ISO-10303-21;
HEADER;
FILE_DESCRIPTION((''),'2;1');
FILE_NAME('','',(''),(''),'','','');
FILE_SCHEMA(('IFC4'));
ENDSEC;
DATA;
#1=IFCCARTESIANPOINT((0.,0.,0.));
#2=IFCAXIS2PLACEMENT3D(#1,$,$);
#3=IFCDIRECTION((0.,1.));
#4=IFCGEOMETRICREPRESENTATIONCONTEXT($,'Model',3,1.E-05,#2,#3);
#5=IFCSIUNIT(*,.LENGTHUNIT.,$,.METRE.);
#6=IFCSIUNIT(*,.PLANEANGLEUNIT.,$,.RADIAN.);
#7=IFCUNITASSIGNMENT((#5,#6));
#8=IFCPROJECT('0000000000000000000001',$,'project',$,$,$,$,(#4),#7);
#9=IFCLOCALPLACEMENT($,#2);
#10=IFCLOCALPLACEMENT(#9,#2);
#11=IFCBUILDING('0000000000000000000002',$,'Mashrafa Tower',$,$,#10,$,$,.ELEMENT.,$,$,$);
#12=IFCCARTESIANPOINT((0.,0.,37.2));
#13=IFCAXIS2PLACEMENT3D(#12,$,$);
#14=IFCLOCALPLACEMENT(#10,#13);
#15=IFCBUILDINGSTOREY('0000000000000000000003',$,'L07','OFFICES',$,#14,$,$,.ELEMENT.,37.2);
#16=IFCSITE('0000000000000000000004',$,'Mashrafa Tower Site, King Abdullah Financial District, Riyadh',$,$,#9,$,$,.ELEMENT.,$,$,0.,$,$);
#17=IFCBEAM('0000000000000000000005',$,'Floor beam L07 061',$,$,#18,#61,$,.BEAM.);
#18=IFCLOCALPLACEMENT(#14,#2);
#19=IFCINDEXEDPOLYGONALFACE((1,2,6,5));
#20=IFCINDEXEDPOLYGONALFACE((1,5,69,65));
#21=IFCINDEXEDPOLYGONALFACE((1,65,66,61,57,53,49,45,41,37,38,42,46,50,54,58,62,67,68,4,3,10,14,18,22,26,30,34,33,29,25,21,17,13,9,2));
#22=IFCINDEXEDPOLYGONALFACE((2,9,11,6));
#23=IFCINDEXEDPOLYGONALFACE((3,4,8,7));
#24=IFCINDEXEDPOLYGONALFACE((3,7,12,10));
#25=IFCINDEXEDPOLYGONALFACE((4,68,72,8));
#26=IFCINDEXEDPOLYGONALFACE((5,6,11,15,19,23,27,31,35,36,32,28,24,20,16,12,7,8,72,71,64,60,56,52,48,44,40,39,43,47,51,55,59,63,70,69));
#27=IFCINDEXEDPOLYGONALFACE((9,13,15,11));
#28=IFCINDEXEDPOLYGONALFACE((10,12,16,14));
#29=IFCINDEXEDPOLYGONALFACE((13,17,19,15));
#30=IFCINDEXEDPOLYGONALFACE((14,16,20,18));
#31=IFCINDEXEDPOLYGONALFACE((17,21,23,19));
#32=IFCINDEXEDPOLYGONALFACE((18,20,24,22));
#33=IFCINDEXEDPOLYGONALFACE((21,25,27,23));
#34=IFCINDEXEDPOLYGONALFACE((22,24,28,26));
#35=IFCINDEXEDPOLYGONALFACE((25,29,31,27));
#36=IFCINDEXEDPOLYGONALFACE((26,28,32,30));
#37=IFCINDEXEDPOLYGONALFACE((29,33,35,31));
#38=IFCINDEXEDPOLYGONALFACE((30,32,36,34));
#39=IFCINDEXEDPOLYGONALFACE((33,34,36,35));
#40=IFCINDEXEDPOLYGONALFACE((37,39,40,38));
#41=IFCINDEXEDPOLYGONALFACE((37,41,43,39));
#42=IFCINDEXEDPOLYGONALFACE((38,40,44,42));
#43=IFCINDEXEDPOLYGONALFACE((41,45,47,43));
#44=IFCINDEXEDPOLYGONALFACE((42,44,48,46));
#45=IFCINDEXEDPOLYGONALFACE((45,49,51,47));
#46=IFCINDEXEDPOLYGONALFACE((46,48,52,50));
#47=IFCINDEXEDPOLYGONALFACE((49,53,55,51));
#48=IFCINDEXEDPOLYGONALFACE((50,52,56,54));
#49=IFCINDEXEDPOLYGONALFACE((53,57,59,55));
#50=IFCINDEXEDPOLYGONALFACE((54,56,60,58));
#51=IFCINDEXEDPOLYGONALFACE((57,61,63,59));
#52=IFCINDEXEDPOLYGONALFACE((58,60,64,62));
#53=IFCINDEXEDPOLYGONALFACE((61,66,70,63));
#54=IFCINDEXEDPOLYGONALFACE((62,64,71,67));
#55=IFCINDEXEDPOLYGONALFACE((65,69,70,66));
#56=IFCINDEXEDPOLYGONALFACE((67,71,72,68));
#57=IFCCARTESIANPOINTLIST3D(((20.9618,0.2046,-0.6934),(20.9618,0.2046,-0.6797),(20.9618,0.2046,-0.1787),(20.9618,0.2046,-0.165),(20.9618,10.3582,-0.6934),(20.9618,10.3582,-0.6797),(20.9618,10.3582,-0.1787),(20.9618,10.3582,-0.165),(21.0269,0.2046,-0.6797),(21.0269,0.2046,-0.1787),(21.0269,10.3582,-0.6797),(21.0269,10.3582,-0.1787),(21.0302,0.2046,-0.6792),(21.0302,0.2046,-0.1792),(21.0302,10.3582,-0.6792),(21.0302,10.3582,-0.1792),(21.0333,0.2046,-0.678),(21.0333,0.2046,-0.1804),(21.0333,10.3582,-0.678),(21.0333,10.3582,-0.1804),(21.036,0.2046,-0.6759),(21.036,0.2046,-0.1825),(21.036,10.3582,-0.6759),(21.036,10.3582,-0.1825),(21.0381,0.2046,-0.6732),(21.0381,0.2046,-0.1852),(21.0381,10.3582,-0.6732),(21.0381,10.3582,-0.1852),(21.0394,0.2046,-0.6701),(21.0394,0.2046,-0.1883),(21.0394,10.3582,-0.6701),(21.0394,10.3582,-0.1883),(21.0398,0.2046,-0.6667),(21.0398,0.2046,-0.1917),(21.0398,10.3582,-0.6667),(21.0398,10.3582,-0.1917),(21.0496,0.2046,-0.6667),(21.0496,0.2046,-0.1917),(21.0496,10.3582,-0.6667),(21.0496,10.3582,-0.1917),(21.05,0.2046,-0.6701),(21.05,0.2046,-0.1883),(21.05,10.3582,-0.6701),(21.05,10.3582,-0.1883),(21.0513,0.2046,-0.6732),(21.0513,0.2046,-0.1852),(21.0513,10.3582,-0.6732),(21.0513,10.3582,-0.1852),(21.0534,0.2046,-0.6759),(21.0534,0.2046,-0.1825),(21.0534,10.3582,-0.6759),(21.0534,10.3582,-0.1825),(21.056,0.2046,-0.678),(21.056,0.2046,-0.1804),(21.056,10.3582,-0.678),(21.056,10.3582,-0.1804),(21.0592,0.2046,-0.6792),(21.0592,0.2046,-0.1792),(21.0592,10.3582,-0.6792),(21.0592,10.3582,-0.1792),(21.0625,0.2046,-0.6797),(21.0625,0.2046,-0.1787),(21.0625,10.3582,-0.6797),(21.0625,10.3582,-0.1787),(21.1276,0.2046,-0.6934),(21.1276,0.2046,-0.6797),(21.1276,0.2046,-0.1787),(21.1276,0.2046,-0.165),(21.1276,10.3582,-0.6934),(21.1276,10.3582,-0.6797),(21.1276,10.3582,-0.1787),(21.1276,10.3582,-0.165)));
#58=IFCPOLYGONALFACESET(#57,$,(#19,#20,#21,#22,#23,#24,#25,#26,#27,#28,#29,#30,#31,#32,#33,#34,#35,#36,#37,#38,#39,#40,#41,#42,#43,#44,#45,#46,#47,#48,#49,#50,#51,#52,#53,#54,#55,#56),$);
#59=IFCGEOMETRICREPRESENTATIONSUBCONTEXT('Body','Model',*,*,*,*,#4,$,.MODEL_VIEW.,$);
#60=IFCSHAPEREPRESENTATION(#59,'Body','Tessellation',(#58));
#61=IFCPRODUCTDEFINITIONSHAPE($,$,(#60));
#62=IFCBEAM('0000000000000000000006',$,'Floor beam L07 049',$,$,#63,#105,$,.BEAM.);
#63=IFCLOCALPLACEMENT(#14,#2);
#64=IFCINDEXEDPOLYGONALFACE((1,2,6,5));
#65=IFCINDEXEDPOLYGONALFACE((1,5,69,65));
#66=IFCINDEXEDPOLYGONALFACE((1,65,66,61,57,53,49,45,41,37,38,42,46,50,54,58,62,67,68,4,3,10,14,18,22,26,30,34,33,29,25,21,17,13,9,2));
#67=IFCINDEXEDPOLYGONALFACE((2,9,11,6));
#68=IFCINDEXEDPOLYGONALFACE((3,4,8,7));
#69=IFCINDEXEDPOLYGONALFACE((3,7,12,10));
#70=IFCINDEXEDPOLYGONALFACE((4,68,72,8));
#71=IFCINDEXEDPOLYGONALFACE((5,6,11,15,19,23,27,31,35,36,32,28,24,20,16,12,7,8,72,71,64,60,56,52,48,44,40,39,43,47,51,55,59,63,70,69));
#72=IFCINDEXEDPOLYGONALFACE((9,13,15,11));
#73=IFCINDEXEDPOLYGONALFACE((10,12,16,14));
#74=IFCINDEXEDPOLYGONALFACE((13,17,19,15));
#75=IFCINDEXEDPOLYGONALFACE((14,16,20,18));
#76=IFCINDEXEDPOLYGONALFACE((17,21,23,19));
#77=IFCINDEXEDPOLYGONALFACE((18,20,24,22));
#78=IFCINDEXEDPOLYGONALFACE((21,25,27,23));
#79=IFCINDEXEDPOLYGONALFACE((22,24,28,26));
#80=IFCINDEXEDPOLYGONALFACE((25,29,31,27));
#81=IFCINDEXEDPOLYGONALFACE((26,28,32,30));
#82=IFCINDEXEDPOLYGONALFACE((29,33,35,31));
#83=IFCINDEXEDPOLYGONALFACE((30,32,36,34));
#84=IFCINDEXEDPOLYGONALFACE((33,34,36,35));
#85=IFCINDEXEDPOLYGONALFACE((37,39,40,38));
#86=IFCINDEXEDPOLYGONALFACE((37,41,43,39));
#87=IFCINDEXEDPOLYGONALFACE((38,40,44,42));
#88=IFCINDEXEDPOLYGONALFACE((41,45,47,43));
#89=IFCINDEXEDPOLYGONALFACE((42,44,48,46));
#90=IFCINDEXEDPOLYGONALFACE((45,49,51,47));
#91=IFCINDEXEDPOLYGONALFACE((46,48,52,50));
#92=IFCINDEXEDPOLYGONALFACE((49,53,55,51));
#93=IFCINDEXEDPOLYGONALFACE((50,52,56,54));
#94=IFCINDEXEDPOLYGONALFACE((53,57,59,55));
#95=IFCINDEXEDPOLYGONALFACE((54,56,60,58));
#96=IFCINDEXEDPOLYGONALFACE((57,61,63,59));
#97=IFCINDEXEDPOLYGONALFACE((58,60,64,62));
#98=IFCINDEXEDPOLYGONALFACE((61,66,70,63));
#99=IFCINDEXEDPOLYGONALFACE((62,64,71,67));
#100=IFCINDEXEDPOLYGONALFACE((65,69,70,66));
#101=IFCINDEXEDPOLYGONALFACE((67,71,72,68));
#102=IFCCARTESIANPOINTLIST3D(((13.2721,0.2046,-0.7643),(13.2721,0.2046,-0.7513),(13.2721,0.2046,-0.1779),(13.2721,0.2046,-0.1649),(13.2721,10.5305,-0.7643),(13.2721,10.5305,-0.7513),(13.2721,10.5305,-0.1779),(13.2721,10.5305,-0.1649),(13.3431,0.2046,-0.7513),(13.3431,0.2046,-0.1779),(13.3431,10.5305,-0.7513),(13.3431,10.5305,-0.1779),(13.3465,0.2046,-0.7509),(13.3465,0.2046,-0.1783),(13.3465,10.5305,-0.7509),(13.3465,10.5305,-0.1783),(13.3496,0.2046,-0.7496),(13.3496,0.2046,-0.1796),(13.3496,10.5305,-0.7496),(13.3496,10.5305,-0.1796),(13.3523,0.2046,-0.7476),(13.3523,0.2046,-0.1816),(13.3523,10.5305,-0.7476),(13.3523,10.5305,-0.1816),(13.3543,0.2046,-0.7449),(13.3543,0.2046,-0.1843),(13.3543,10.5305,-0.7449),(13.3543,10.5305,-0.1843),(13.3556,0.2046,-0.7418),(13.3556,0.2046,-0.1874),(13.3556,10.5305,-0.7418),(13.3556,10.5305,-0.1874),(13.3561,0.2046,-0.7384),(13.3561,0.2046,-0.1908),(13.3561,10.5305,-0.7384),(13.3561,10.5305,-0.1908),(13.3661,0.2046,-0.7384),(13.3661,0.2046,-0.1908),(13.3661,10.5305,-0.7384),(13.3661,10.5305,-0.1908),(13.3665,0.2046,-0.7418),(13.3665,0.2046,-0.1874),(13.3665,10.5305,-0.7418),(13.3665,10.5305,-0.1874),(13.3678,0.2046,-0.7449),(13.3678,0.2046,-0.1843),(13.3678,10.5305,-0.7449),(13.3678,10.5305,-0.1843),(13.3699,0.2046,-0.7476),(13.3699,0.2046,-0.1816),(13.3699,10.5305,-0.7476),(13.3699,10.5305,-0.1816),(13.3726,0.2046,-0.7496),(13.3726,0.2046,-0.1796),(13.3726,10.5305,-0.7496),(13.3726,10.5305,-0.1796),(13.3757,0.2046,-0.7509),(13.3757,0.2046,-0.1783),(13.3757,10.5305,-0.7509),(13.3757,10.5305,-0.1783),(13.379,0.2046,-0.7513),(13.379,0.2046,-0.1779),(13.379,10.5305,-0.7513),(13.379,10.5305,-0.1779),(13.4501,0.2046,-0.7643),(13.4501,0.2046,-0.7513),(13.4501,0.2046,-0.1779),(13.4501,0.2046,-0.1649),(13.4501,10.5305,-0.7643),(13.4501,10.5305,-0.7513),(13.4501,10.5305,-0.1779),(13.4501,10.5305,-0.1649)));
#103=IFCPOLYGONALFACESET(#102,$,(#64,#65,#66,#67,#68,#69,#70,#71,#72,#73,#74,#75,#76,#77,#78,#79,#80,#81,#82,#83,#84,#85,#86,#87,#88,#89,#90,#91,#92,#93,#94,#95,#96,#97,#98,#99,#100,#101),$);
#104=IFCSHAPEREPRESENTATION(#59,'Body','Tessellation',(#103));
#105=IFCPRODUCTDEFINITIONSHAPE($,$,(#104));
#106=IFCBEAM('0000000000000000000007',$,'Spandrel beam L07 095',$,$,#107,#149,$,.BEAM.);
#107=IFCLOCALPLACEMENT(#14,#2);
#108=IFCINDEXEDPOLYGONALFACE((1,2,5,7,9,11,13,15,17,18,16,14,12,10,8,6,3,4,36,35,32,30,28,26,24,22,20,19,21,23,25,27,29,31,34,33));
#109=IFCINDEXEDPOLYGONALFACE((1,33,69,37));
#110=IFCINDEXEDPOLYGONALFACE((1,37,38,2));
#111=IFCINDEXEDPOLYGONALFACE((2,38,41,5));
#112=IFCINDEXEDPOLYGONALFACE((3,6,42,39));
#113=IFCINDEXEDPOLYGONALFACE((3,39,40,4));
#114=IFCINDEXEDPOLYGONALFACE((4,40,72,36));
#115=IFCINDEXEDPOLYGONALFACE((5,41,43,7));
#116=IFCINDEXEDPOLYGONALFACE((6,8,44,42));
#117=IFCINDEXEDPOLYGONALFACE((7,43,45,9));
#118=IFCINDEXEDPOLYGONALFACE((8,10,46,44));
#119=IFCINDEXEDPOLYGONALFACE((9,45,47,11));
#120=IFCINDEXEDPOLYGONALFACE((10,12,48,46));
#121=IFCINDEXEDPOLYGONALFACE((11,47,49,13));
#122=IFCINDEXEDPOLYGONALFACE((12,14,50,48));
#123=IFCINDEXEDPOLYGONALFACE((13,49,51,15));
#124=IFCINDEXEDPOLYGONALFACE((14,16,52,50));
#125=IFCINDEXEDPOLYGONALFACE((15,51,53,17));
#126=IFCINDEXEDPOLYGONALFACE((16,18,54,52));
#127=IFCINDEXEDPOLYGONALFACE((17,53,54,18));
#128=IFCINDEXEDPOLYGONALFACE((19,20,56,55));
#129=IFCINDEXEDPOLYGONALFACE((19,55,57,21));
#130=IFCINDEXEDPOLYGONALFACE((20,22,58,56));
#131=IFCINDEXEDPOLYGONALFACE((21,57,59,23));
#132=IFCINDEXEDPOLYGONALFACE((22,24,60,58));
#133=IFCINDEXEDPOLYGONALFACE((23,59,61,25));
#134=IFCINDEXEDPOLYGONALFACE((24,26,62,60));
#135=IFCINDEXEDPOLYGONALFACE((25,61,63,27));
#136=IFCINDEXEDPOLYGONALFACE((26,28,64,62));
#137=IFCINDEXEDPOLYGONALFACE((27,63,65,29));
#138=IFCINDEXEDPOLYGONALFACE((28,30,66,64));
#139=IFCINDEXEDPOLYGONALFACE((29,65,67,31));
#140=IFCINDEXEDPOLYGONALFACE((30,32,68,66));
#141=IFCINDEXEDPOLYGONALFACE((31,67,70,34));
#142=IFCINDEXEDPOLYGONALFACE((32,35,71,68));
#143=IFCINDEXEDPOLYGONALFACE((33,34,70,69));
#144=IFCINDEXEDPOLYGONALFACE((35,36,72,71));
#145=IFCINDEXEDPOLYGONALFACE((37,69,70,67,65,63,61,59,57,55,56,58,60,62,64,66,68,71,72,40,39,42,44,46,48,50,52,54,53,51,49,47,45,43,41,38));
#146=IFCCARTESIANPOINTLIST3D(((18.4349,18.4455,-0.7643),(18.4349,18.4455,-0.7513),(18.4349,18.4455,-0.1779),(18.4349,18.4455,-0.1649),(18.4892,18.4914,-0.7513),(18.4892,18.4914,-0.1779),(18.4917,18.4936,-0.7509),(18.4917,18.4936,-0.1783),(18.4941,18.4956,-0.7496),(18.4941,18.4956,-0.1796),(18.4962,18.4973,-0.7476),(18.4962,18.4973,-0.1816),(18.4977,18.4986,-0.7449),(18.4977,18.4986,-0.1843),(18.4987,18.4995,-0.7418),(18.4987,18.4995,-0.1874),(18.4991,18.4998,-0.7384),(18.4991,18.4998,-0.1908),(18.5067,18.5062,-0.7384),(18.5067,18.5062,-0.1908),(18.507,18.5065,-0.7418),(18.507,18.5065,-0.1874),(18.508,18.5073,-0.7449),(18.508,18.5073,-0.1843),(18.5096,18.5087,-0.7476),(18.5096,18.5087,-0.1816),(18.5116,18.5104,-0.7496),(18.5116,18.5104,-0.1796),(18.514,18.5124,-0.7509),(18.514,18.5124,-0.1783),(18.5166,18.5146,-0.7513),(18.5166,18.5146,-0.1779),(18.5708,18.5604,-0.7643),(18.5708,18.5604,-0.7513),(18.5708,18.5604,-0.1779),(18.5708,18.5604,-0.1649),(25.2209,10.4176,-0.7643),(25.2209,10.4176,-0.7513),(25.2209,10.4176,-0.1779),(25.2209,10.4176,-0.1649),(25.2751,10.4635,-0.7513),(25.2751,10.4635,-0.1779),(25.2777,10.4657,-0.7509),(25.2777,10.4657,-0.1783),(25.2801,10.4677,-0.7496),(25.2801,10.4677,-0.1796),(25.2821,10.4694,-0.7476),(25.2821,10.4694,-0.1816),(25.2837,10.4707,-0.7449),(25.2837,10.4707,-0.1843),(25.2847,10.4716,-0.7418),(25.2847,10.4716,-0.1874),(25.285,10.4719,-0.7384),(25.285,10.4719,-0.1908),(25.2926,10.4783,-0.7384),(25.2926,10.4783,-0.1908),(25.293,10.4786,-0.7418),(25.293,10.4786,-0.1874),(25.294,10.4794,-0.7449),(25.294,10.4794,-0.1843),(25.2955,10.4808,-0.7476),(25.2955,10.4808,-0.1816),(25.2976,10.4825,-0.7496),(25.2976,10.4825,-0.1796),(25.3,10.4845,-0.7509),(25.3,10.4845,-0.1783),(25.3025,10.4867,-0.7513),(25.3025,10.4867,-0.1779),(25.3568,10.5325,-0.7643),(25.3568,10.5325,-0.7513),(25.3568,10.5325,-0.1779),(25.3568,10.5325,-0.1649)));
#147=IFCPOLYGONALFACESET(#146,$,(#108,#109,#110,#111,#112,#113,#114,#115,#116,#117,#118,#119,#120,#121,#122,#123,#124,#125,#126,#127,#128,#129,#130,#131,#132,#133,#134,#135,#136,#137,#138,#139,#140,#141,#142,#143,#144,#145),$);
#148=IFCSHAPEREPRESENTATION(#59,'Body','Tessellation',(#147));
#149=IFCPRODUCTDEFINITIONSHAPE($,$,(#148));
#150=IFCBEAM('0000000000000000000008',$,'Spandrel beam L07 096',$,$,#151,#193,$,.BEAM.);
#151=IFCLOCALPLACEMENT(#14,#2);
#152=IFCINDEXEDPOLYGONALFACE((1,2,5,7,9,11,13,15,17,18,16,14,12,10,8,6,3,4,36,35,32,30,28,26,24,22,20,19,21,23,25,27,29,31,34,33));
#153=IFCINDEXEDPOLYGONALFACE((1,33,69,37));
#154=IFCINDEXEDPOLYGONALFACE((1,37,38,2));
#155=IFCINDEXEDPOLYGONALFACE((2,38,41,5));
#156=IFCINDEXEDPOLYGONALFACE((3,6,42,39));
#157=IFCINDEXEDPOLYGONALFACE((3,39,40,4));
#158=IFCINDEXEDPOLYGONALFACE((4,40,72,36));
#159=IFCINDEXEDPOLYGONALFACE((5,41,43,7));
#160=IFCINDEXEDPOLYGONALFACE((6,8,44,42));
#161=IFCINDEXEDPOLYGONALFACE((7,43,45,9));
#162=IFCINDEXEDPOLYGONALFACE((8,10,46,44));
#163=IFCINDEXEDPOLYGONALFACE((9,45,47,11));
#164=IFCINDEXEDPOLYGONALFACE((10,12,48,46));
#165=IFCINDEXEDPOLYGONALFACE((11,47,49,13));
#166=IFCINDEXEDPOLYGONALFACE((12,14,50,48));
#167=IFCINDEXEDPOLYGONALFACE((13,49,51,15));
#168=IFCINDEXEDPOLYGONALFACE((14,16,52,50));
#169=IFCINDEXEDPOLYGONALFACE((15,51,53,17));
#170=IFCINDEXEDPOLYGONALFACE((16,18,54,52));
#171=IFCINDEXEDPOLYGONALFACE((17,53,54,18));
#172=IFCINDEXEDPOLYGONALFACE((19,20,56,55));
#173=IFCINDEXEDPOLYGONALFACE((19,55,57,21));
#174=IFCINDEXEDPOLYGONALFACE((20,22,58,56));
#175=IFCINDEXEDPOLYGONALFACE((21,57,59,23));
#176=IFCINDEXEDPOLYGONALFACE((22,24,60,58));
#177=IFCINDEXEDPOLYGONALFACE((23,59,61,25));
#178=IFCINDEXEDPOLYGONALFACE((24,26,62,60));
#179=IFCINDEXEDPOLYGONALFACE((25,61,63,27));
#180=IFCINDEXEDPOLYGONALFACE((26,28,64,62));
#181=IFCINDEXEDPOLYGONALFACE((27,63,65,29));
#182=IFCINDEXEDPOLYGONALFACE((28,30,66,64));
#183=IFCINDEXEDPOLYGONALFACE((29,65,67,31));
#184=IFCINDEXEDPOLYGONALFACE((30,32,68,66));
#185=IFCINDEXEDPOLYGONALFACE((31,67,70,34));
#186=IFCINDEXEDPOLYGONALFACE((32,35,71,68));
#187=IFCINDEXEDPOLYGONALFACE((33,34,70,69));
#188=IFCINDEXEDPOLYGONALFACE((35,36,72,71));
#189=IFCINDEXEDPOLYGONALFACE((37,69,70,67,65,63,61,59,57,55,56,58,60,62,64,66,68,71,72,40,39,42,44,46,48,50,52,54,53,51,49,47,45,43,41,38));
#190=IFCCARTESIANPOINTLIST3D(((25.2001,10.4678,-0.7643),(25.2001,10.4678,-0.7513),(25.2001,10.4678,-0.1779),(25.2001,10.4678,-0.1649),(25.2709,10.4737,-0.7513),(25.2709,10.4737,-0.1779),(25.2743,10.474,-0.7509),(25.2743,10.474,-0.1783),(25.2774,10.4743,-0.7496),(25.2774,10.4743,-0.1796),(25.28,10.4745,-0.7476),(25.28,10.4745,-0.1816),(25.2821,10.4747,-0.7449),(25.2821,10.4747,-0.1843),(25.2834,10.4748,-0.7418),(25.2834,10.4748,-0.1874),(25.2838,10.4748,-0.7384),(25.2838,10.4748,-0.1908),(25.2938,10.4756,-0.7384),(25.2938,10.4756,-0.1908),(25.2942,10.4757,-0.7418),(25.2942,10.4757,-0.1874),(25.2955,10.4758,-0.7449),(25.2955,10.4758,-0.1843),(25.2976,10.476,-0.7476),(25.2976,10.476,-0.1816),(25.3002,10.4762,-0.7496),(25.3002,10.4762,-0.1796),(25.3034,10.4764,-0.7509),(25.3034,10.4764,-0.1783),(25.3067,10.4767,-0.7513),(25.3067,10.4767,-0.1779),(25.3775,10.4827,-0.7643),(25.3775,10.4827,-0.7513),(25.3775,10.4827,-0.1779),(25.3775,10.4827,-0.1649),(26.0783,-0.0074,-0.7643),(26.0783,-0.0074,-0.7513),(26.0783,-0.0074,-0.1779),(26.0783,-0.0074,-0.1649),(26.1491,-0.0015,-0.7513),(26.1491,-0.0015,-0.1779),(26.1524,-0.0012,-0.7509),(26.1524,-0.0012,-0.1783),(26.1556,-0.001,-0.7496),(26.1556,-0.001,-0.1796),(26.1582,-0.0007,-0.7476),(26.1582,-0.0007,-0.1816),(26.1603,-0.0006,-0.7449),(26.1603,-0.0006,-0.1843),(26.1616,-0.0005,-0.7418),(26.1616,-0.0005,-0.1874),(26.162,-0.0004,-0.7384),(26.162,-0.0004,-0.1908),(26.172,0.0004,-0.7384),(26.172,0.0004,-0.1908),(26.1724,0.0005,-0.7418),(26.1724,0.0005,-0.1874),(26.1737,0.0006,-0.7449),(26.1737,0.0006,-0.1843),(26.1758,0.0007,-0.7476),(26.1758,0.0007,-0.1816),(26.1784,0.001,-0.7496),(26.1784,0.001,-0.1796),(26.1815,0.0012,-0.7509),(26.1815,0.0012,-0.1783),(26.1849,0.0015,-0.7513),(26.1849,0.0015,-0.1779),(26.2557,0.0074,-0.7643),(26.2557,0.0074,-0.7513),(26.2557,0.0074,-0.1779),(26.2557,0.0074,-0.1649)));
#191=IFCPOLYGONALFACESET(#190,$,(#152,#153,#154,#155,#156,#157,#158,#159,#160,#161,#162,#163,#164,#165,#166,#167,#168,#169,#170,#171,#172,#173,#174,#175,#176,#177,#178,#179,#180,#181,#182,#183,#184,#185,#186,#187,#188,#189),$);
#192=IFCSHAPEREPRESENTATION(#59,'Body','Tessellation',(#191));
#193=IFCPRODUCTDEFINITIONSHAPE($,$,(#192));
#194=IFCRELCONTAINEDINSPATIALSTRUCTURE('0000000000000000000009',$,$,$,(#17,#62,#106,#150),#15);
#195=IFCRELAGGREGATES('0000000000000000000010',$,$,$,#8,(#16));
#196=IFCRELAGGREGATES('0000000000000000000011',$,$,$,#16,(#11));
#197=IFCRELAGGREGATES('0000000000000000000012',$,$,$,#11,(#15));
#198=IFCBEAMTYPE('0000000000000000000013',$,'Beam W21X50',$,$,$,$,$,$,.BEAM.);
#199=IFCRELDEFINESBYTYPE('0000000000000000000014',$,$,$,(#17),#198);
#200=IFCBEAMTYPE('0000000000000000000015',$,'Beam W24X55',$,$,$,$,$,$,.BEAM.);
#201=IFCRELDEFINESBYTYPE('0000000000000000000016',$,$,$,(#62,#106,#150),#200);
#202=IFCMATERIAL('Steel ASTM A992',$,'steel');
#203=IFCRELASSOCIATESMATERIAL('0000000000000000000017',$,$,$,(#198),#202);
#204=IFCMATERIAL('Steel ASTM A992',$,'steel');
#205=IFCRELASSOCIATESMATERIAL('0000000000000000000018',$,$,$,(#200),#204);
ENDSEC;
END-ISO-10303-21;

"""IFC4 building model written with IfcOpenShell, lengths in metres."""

from ifc_helpers import new_model, si_unit, direction, frame, origin, origin_2d, place, context, subcontext, project, spatial, i_section, extrude, material, material_profile, profile_set, type_object, element, save


model = new_model("IFC4")

# Units and contexts
model_context = context("Model", 3, precision=1e-05, world=origin(), true_north=direction((0.0, 1.0)))
body_context = subcontext(model_context, "Body", "Model", "MODEL_VIEW")
ifc_project = project(units=[si_unit("LENGTHUNIT", "METRE"), si_unit("PLANEANGLEUNIT", "RADIAN")], contexts=[model_context])

# Site, building, storey
site_placement = place(None, origin())
site = spatial("IfcSite", under=ifc_project, at=site_placement, Name="Mashrafa Tower Site, King Abdullah Financial District, Riyadh", CompositionType="ELEMENT", RefElevation=0.0)
building_placement = place(site_placement, origin())
building = spatial("IfcBuilding", under=site, at=building_placement, Name="Mashrafa Tower", CompositionType="ELEMENT")
storey_placement = place(building_placement, frame((0.0, 0.0, 37.2)))
storey = spatial("IfcBuildingStorey", under=building, at=storey_placement, Name="L07", Description="OFFICES", CompositionType="ELEMENT", Elevation=37.2)

# Beams
ifc_material_1 = material(Name="Steel ASTM A992", Category="steel")
ifc_material_profile_1 = material_profile(ifc_material_1, i_section(OverallWidth=0.1658, OverallDepth=0.5283, WebThickness=0.0098, FlangeThickness=0.0137, FilletRadius=0.0129, at=origin_2d()), Name="W21X50")
ifc_profile_set_1 = profile_set([ifc_material_profile_1], Name="Steel ASTM A992")
beam_type_1 = type_object("IfcBeamType", Name="Beam W21X50", PredefinedType="BEAM", material=ifc_profile_set_1)
beam_1_placement = place(storey_placement, frame((21.0447, 10.3582, -0.4292), z_axis=(0.0, -1.0, 0.0), x_axis=(1.0, 0.0, 0.0)))
element("IfcBeam", 1, at=beam_1_placement, inside=storey, type_object=beam_type_1, Name="Floor beam L07 061", PredefinedType="BEAM", context=body_context, shape_type="SweptSolid", body=[
    extrude(i_section(OverallWidth=0.1658, OverallDepth=0.5283, WebThickness=0.0098, FlangeThickness=0.0137, FilletRadius=0.0129, at=origin_2d()), origin(), (0.0, 0.0, 1.0), 10.1536),
])
ifc_material_2 = material(Name="Steel ASTM A992", Category="steel")
ifc_material_profile_2 = material_profile(ifc_material_2, i_section(OverallWidth=0.178, OverallDepth=0.5994, WebThickness=0.01, FlangeThickness=0.0129, FilletRadius=0.0129, at=origin_2d()), Name="W24X55")
ifc_profile_set_2 = profile_set([ifc_material_profile_2], Name="Steel ASTM A992")
beam_type_2 = type_object("IfcBeamType", Name="Beam W24X55", PredefinedType="BEAM", material=ifc_profile_set_2)
beam_2_placement = place(storey_placement, frame((13.3611, 10.5305, -0.4646), z_axis=(0.0, -1.0, 0.0), x_axis=(1.0, 0.0, 0.0)))
element("IfcBeam", 2, at=beam_2_placement, inside=storey, type_object=beam_type_2, Name="Floor beam L07 049", PredefinedType="BEAM", context=body_context, shape_type="SweptSolid", body=[
    extrude(i_section(OverallWidth=0.178, OverallDepth=0.5994, WebThickness=0.01, FlangeThickness=0.0129, FilletRadius=0.0129, at=origin_2d()), origin(), (0.0, 0.0, 1.0), 10.3259),
])
beam_3_placement = place(storey_placement, frame((25.2888, 10.4751, -0.4646), z_axis=(-0.64556, 0.76371, 0.0), x_axis=(-0.76371, -0.64556, 0.0)))
element("IfcBeam", 3, at=beam_3_placement, inside=storey, type_object=beam_type_2, Name="Spandrel beam L07 095", PredefinedType="BEAM", context=body_context, shape_type="SweptSolid", body=[
    extrude(i_section(OverallWidth=0.178, OverallDepth=0.5994, WebThickness=0.01, FlangeThickness=0.0129, FilletRadius=0.0129, at=origin_2d()), origin(), (0.0, 0.0, 1.0), 10.5117),
])
beam_4_placement = place(storey_placement, frame((26.167, 0.0, -0.4646), z_axis=(-0.083541, 0.996504, 0.0), x_axis=(-0.996504, -0.083541, 0.0)))
element("IfcBeam", 4, at=beam_4_placement, inside=storey, type_object=beam_type_2, Name="Spandrel beam L07 096", PredefinedType="BEAM", context=body_context, shape_type="SweptSolid", body=[
    extrude(i_section(OverallWidth=0.178, OverallDepth=0.5994, WebThickness=0.01, FlangeThickness=0.0129, FilletRadius=0.0129, at=origin_2d()), origin(), (0.0, 0.0, 1.0), 10.512),
])

save(model, "model.ifc")
